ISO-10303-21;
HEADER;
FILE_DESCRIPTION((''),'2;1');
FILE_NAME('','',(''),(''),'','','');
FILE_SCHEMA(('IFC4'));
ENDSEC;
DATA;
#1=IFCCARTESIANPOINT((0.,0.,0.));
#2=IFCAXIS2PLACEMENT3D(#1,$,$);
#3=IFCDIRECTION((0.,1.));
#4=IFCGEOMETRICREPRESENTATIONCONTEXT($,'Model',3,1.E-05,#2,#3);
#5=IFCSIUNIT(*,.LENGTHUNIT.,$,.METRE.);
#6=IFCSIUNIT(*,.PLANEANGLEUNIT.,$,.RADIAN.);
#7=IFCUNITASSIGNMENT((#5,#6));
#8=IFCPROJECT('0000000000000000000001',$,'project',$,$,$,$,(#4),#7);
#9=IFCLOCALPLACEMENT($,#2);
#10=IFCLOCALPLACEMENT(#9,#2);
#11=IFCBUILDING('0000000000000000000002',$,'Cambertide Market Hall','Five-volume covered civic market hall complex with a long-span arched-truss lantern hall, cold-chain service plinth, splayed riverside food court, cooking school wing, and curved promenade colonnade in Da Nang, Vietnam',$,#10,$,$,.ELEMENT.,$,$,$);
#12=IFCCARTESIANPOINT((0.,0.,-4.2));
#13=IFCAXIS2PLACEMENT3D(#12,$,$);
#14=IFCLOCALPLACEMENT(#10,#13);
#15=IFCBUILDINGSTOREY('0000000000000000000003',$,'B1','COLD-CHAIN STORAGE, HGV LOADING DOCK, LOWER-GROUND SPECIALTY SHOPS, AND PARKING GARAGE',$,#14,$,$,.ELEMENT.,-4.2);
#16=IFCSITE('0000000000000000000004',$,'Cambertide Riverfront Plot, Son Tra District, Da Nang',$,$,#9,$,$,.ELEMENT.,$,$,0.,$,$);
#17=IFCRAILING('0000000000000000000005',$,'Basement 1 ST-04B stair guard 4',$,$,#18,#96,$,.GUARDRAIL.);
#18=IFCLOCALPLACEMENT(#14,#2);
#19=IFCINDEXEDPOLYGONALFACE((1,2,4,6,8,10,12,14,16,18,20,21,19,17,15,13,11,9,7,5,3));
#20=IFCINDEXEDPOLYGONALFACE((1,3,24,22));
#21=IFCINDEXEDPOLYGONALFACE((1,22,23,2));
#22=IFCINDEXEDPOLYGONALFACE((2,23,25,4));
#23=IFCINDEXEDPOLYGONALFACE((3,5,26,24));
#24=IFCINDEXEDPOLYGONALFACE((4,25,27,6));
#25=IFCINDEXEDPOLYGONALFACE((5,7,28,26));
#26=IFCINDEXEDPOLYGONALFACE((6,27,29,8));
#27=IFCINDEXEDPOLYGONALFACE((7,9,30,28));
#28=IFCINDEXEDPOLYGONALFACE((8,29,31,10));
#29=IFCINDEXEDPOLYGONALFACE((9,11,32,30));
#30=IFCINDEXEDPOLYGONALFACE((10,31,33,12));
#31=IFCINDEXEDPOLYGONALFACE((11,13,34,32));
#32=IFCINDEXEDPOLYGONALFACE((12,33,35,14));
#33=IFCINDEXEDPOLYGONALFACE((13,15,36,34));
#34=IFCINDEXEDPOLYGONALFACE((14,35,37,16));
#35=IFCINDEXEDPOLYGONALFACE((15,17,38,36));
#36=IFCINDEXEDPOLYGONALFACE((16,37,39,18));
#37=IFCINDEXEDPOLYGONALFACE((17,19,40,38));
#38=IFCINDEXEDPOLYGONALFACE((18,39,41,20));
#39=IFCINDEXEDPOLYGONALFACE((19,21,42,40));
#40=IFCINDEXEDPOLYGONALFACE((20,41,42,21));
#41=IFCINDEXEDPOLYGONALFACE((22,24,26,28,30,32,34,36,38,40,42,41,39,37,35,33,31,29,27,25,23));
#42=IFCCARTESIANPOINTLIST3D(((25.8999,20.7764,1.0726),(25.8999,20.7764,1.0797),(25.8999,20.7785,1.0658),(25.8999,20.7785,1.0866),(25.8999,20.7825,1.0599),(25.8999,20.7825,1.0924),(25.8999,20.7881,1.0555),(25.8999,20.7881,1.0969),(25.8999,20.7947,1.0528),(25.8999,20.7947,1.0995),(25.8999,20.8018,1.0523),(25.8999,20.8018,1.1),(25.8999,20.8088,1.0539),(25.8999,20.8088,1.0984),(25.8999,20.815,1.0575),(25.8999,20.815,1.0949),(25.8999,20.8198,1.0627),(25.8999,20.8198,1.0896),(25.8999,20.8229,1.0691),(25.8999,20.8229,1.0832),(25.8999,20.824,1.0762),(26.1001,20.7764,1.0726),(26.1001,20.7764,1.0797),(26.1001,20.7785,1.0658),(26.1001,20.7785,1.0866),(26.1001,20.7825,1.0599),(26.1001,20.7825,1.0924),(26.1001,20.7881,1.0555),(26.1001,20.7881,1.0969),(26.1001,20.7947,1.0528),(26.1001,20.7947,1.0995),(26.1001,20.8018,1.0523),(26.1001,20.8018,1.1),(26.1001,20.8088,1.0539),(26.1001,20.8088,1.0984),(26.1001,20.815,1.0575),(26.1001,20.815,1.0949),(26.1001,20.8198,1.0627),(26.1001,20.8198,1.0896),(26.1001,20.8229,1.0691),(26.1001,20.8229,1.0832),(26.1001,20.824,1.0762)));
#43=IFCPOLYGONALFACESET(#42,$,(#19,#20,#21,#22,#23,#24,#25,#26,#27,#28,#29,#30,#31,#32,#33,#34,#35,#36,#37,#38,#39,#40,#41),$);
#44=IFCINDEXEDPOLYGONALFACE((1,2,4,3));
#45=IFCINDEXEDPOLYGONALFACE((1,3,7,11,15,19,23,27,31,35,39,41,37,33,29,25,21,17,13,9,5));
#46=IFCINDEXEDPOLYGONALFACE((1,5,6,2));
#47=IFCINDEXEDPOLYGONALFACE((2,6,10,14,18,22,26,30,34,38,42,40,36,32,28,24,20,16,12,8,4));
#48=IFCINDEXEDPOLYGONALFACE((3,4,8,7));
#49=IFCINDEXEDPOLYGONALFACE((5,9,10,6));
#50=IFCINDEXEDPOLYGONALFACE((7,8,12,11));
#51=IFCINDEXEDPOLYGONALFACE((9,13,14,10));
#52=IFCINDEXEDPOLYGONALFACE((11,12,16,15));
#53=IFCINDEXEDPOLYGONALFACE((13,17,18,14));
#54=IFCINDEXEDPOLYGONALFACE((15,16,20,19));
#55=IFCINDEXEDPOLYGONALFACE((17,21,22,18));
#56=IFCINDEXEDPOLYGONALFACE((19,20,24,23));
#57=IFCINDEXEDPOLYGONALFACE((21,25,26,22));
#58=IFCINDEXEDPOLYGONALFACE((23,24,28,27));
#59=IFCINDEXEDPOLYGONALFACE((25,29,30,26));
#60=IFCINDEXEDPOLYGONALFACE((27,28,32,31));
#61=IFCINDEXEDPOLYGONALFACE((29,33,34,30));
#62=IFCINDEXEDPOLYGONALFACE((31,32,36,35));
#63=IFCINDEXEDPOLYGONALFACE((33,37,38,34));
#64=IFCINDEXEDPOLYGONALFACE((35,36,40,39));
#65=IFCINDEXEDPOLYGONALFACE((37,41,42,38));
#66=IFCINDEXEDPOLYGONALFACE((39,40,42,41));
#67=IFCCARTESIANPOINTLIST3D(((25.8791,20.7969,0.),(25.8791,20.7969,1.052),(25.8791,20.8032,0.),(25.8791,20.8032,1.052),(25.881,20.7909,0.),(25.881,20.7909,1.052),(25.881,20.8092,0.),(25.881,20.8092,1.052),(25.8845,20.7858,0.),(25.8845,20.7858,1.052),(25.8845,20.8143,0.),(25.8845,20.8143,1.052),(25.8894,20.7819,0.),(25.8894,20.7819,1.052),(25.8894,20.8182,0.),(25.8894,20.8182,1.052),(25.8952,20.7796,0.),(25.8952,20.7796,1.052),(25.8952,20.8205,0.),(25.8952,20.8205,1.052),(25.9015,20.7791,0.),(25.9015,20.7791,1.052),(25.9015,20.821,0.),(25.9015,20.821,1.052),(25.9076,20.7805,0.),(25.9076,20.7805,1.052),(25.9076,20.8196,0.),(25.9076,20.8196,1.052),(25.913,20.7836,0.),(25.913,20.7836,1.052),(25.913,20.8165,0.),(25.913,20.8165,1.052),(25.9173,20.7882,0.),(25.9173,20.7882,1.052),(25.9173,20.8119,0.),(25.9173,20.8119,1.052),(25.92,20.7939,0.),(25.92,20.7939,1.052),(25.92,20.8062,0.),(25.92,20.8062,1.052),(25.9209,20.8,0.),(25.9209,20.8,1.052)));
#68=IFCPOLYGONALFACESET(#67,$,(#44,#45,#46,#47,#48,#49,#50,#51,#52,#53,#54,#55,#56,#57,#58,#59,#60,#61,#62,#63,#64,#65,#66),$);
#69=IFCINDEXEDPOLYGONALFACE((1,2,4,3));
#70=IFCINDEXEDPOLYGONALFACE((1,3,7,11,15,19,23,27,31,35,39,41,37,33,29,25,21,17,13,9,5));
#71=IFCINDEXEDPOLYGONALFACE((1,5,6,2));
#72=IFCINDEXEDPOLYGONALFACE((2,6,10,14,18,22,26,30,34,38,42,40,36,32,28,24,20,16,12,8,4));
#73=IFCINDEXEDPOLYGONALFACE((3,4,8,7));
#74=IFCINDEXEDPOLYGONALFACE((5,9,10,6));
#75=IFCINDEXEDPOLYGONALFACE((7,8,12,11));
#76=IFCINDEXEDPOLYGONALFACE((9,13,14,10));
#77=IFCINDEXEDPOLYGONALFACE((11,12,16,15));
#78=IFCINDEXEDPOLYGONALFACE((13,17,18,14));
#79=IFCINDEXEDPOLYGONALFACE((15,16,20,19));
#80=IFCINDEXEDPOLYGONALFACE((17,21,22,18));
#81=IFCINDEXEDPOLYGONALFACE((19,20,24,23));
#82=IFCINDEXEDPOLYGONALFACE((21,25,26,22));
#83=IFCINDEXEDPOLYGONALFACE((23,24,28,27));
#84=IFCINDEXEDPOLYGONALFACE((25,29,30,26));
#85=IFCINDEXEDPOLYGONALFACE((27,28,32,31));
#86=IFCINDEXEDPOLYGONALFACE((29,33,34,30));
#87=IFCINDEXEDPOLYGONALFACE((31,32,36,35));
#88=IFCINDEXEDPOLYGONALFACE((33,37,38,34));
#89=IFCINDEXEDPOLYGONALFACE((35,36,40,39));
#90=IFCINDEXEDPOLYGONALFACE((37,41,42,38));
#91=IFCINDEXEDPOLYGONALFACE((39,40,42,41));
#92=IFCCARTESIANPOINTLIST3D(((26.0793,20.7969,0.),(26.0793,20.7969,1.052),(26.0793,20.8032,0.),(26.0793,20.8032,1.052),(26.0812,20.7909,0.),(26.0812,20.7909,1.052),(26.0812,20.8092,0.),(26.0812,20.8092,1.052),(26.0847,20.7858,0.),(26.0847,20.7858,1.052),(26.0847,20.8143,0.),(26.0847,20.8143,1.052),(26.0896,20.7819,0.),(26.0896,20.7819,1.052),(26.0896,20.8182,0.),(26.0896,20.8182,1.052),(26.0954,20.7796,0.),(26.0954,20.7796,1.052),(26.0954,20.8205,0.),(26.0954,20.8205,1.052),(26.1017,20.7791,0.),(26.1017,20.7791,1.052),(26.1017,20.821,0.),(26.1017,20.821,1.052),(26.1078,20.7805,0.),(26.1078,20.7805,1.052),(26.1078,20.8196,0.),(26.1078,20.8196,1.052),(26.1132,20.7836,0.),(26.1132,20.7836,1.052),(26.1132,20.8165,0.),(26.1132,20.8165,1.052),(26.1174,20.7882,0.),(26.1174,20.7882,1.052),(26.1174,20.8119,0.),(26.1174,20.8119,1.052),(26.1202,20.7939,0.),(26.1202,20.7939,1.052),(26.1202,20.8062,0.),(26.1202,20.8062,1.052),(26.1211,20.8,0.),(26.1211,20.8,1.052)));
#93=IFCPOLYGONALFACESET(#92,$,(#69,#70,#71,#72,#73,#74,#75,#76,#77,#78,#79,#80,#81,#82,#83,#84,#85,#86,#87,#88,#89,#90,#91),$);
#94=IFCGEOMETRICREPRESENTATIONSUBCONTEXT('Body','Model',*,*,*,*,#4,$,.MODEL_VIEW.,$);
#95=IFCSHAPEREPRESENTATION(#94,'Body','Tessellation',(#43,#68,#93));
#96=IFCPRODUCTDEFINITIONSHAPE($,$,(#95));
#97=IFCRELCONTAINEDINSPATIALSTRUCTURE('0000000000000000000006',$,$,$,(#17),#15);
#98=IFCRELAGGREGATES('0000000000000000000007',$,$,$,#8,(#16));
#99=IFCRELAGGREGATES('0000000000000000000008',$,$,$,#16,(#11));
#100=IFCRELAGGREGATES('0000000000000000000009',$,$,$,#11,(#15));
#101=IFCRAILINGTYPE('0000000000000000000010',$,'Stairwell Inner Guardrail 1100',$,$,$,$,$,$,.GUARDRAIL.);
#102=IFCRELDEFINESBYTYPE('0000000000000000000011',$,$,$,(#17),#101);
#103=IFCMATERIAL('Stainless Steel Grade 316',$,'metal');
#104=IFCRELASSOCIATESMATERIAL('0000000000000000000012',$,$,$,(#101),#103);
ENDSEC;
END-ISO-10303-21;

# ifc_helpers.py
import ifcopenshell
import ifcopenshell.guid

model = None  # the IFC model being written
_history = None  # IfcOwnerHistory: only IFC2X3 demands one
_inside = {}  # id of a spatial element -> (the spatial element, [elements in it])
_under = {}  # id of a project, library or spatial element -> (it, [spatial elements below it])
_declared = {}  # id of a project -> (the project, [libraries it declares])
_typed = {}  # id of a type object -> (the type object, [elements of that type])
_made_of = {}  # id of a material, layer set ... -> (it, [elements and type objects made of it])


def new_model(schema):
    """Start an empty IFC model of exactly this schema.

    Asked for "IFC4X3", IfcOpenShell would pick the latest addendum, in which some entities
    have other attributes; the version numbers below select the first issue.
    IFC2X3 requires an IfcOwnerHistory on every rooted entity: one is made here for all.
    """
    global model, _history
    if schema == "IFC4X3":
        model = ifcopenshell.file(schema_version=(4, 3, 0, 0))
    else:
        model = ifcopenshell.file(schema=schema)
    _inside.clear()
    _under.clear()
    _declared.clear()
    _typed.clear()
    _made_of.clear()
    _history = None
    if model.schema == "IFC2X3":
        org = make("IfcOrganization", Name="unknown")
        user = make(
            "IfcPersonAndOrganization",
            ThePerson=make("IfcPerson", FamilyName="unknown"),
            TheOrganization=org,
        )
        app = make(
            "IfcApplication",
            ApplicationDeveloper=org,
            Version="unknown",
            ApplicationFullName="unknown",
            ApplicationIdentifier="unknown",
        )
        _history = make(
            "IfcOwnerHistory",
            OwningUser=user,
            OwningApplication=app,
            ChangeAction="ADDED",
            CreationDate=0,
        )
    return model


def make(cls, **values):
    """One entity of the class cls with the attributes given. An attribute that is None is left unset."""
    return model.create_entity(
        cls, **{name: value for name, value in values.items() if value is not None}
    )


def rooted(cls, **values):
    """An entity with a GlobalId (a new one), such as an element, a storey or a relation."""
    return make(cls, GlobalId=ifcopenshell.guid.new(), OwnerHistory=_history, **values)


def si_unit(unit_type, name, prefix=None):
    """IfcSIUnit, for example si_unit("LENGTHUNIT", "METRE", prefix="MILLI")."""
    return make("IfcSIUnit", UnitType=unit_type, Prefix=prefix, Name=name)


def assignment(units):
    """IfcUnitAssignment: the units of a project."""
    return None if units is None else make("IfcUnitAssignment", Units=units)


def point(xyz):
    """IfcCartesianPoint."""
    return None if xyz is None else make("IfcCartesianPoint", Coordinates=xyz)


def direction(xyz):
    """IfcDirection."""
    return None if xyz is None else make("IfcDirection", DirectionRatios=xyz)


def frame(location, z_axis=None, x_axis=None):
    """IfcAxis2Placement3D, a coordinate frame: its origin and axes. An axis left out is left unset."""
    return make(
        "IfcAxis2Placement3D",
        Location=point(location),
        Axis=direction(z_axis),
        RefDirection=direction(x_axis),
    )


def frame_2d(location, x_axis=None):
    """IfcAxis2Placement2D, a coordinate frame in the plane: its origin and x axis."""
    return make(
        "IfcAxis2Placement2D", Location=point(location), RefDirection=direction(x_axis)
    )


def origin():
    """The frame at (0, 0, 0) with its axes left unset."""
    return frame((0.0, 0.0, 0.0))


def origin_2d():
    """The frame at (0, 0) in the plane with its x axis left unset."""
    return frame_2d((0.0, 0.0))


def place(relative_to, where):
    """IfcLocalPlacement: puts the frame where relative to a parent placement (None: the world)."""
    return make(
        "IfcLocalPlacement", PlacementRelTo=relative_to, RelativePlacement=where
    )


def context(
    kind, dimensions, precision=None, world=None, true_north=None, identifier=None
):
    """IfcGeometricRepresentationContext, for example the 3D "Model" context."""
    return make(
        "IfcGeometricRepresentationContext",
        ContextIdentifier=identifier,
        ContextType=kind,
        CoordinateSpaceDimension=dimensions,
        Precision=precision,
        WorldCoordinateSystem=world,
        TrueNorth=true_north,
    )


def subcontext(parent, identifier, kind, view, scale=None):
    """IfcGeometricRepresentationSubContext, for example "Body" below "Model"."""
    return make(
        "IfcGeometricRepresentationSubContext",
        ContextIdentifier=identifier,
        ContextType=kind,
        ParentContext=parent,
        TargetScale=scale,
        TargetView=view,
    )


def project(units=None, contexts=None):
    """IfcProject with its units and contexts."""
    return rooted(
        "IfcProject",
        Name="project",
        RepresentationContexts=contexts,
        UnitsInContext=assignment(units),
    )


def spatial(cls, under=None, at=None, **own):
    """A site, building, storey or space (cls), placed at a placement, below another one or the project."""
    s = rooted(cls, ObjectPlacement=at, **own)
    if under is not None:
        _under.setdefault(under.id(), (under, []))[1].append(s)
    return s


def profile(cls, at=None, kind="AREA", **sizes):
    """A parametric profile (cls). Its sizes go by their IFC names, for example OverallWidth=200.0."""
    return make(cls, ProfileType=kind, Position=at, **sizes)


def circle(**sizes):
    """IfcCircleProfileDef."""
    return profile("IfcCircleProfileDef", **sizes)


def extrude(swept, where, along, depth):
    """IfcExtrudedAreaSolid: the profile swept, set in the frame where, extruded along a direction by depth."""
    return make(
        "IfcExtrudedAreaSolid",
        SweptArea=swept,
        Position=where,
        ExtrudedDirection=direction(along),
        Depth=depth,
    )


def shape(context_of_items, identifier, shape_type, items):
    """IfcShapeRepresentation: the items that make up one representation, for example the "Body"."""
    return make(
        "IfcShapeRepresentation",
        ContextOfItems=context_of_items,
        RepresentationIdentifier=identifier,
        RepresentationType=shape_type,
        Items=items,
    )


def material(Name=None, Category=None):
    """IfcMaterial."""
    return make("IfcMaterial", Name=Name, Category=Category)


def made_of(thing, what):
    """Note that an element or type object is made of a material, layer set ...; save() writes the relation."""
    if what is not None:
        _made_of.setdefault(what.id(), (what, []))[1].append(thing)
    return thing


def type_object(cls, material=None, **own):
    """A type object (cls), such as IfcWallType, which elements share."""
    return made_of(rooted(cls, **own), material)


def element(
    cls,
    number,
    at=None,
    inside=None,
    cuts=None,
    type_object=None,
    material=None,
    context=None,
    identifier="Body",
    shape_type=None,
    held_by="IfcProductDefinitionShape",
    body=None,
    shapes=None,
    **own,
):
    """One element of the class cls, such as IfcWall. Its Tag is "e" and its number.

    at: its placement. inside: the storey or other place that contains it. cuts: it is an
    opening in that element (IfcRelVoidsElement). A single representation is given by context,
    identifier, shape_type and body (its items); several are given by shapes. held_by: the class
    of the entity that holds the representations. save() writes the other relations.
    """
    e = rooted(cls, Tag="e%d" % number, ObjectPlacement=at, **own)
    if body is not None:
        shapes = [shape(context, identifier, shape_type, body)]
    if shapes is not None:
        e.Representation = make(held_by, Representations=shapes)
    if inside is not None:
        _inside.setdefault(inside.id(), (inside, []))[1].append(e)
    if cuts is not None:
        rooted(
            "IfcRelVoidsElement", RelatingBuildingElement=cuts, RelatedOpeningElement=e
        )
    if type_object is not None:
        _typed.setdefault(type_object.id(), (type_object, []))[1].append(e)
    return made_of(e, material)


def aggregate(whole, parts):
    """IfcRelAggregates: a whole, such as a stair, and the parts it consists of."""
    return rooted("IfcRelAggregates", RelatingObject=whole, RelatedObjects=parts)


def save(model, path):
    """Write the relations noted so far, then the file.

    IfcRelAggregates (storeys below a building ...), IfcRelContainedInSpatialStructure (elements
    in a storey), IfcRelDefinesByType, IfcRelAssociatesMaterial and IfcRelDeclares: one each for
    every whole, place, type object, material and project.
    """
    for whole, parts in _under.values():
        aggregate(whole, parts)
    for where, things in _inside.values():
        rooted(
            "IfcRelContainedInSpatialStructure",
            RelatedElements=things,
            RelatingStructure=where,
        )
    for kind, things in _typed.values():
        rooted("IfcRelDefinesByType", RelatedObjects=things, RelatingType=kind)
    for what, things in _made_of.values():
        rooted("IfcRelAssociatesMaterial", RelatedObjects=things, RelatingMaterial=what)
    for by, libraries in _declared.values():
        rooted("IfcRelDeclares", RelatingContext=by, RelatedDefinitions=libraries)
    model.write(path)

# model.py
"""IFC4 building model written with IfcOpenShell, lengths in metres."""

from ifc_helpers import new_model, si_unit, direction, frame, origin, origin_2d, place, context, subcontext, project, spatial, circle, extrude, material, type_object, element, save


model = new_model("IFC4")

# Units and contexts
model_context = context("Model", 3, precision=1e-05, world=origin(), true_north=direction((0.0, 1.0)))
body_context = subcontext(model_context, "Body", "Model", "MODEL_VIEW")
ifc_project = project(units=[si_unit("LENGTHUNIT", "METRE"), si_unit("PLANEANGLEUNIT", "RADIAN")], contexts=[model_context])

# Site, building, storey
site_placement = place(None, origin())
site = spatial("IfcSite", under=ifc_project, at=site_placement, Name="Cambertide Riverfront Plot, Son Tra District, Da Nang", CompositionType="ELEMENT", RefElevation=0.0)
building_placement = place(site_placement, origin())
building = spatial("IfcBuilding", under=site, at=building_placement, Name="Cambertide Market Hall", Description="Five-volume covered civic market hall complex with a long-span arched-truss lantern hall, cold-chain service plinth, splayed riverside food court, cooking school wing, and curved promenade colonnade in Da Nang, Vietnam", CompositionType="ELEMENT")
storey_placement = place(building_placement, frame((0.0, 0.0, -4.2)))
storey = spatial("IfcBuildingStorey", under=building, at=storey_placement, Name="B1", Description="COLD-CHAIN STORAGE, HGV LOADING DOCK, LOWER-GROUND SPECIALTY SHOPS, AND PARKING GARAGE", CompositionType="ELEMENT", Elevation=-4.2)

# Railing
ifc_material_1 = material(Name="Stainless Steel Grade 316", Category="metal")
railing_type_1 = type_object("IfcRailingType", Name="Stairwell Inner Guardrail 1100", PredefinedType="GUARDRAIL", material=ifc_material_1)
railing_1_placement = place(storey_placement, frame((25.8999, 20.8, 0.0)))
element("IfcRailing", 1, at=railing_1_placement, inside=storey, type_object=railing_type_1, Name="Basement 1 ST-04B stair guard 4", PredefinedType="GUARDRAIL", context=body_context, shape_type="SweptSolid", body=[
    extrude(circle(Radius=0.0239, at=origin_2d()), frame((0.0, 0.0, 1.0762), z_axis=(1.0, 0.0, 0.0), x_axis=(0.0, 1.0, 0.0)), (0.0, 0.0, 1.0), 0.2002),
    extrude(circle(Radius=0.021, at=origin_2d()), origin(), (0.0, 0.0, 1.0), 1.052),
    extrude(circle(Radius=0.021, at=origin_2d()), frame((0.2002, 0.0, 0.0)), (0.0, 0.0, 1.0), 1.052),
])

save(model, "model.ifc")
